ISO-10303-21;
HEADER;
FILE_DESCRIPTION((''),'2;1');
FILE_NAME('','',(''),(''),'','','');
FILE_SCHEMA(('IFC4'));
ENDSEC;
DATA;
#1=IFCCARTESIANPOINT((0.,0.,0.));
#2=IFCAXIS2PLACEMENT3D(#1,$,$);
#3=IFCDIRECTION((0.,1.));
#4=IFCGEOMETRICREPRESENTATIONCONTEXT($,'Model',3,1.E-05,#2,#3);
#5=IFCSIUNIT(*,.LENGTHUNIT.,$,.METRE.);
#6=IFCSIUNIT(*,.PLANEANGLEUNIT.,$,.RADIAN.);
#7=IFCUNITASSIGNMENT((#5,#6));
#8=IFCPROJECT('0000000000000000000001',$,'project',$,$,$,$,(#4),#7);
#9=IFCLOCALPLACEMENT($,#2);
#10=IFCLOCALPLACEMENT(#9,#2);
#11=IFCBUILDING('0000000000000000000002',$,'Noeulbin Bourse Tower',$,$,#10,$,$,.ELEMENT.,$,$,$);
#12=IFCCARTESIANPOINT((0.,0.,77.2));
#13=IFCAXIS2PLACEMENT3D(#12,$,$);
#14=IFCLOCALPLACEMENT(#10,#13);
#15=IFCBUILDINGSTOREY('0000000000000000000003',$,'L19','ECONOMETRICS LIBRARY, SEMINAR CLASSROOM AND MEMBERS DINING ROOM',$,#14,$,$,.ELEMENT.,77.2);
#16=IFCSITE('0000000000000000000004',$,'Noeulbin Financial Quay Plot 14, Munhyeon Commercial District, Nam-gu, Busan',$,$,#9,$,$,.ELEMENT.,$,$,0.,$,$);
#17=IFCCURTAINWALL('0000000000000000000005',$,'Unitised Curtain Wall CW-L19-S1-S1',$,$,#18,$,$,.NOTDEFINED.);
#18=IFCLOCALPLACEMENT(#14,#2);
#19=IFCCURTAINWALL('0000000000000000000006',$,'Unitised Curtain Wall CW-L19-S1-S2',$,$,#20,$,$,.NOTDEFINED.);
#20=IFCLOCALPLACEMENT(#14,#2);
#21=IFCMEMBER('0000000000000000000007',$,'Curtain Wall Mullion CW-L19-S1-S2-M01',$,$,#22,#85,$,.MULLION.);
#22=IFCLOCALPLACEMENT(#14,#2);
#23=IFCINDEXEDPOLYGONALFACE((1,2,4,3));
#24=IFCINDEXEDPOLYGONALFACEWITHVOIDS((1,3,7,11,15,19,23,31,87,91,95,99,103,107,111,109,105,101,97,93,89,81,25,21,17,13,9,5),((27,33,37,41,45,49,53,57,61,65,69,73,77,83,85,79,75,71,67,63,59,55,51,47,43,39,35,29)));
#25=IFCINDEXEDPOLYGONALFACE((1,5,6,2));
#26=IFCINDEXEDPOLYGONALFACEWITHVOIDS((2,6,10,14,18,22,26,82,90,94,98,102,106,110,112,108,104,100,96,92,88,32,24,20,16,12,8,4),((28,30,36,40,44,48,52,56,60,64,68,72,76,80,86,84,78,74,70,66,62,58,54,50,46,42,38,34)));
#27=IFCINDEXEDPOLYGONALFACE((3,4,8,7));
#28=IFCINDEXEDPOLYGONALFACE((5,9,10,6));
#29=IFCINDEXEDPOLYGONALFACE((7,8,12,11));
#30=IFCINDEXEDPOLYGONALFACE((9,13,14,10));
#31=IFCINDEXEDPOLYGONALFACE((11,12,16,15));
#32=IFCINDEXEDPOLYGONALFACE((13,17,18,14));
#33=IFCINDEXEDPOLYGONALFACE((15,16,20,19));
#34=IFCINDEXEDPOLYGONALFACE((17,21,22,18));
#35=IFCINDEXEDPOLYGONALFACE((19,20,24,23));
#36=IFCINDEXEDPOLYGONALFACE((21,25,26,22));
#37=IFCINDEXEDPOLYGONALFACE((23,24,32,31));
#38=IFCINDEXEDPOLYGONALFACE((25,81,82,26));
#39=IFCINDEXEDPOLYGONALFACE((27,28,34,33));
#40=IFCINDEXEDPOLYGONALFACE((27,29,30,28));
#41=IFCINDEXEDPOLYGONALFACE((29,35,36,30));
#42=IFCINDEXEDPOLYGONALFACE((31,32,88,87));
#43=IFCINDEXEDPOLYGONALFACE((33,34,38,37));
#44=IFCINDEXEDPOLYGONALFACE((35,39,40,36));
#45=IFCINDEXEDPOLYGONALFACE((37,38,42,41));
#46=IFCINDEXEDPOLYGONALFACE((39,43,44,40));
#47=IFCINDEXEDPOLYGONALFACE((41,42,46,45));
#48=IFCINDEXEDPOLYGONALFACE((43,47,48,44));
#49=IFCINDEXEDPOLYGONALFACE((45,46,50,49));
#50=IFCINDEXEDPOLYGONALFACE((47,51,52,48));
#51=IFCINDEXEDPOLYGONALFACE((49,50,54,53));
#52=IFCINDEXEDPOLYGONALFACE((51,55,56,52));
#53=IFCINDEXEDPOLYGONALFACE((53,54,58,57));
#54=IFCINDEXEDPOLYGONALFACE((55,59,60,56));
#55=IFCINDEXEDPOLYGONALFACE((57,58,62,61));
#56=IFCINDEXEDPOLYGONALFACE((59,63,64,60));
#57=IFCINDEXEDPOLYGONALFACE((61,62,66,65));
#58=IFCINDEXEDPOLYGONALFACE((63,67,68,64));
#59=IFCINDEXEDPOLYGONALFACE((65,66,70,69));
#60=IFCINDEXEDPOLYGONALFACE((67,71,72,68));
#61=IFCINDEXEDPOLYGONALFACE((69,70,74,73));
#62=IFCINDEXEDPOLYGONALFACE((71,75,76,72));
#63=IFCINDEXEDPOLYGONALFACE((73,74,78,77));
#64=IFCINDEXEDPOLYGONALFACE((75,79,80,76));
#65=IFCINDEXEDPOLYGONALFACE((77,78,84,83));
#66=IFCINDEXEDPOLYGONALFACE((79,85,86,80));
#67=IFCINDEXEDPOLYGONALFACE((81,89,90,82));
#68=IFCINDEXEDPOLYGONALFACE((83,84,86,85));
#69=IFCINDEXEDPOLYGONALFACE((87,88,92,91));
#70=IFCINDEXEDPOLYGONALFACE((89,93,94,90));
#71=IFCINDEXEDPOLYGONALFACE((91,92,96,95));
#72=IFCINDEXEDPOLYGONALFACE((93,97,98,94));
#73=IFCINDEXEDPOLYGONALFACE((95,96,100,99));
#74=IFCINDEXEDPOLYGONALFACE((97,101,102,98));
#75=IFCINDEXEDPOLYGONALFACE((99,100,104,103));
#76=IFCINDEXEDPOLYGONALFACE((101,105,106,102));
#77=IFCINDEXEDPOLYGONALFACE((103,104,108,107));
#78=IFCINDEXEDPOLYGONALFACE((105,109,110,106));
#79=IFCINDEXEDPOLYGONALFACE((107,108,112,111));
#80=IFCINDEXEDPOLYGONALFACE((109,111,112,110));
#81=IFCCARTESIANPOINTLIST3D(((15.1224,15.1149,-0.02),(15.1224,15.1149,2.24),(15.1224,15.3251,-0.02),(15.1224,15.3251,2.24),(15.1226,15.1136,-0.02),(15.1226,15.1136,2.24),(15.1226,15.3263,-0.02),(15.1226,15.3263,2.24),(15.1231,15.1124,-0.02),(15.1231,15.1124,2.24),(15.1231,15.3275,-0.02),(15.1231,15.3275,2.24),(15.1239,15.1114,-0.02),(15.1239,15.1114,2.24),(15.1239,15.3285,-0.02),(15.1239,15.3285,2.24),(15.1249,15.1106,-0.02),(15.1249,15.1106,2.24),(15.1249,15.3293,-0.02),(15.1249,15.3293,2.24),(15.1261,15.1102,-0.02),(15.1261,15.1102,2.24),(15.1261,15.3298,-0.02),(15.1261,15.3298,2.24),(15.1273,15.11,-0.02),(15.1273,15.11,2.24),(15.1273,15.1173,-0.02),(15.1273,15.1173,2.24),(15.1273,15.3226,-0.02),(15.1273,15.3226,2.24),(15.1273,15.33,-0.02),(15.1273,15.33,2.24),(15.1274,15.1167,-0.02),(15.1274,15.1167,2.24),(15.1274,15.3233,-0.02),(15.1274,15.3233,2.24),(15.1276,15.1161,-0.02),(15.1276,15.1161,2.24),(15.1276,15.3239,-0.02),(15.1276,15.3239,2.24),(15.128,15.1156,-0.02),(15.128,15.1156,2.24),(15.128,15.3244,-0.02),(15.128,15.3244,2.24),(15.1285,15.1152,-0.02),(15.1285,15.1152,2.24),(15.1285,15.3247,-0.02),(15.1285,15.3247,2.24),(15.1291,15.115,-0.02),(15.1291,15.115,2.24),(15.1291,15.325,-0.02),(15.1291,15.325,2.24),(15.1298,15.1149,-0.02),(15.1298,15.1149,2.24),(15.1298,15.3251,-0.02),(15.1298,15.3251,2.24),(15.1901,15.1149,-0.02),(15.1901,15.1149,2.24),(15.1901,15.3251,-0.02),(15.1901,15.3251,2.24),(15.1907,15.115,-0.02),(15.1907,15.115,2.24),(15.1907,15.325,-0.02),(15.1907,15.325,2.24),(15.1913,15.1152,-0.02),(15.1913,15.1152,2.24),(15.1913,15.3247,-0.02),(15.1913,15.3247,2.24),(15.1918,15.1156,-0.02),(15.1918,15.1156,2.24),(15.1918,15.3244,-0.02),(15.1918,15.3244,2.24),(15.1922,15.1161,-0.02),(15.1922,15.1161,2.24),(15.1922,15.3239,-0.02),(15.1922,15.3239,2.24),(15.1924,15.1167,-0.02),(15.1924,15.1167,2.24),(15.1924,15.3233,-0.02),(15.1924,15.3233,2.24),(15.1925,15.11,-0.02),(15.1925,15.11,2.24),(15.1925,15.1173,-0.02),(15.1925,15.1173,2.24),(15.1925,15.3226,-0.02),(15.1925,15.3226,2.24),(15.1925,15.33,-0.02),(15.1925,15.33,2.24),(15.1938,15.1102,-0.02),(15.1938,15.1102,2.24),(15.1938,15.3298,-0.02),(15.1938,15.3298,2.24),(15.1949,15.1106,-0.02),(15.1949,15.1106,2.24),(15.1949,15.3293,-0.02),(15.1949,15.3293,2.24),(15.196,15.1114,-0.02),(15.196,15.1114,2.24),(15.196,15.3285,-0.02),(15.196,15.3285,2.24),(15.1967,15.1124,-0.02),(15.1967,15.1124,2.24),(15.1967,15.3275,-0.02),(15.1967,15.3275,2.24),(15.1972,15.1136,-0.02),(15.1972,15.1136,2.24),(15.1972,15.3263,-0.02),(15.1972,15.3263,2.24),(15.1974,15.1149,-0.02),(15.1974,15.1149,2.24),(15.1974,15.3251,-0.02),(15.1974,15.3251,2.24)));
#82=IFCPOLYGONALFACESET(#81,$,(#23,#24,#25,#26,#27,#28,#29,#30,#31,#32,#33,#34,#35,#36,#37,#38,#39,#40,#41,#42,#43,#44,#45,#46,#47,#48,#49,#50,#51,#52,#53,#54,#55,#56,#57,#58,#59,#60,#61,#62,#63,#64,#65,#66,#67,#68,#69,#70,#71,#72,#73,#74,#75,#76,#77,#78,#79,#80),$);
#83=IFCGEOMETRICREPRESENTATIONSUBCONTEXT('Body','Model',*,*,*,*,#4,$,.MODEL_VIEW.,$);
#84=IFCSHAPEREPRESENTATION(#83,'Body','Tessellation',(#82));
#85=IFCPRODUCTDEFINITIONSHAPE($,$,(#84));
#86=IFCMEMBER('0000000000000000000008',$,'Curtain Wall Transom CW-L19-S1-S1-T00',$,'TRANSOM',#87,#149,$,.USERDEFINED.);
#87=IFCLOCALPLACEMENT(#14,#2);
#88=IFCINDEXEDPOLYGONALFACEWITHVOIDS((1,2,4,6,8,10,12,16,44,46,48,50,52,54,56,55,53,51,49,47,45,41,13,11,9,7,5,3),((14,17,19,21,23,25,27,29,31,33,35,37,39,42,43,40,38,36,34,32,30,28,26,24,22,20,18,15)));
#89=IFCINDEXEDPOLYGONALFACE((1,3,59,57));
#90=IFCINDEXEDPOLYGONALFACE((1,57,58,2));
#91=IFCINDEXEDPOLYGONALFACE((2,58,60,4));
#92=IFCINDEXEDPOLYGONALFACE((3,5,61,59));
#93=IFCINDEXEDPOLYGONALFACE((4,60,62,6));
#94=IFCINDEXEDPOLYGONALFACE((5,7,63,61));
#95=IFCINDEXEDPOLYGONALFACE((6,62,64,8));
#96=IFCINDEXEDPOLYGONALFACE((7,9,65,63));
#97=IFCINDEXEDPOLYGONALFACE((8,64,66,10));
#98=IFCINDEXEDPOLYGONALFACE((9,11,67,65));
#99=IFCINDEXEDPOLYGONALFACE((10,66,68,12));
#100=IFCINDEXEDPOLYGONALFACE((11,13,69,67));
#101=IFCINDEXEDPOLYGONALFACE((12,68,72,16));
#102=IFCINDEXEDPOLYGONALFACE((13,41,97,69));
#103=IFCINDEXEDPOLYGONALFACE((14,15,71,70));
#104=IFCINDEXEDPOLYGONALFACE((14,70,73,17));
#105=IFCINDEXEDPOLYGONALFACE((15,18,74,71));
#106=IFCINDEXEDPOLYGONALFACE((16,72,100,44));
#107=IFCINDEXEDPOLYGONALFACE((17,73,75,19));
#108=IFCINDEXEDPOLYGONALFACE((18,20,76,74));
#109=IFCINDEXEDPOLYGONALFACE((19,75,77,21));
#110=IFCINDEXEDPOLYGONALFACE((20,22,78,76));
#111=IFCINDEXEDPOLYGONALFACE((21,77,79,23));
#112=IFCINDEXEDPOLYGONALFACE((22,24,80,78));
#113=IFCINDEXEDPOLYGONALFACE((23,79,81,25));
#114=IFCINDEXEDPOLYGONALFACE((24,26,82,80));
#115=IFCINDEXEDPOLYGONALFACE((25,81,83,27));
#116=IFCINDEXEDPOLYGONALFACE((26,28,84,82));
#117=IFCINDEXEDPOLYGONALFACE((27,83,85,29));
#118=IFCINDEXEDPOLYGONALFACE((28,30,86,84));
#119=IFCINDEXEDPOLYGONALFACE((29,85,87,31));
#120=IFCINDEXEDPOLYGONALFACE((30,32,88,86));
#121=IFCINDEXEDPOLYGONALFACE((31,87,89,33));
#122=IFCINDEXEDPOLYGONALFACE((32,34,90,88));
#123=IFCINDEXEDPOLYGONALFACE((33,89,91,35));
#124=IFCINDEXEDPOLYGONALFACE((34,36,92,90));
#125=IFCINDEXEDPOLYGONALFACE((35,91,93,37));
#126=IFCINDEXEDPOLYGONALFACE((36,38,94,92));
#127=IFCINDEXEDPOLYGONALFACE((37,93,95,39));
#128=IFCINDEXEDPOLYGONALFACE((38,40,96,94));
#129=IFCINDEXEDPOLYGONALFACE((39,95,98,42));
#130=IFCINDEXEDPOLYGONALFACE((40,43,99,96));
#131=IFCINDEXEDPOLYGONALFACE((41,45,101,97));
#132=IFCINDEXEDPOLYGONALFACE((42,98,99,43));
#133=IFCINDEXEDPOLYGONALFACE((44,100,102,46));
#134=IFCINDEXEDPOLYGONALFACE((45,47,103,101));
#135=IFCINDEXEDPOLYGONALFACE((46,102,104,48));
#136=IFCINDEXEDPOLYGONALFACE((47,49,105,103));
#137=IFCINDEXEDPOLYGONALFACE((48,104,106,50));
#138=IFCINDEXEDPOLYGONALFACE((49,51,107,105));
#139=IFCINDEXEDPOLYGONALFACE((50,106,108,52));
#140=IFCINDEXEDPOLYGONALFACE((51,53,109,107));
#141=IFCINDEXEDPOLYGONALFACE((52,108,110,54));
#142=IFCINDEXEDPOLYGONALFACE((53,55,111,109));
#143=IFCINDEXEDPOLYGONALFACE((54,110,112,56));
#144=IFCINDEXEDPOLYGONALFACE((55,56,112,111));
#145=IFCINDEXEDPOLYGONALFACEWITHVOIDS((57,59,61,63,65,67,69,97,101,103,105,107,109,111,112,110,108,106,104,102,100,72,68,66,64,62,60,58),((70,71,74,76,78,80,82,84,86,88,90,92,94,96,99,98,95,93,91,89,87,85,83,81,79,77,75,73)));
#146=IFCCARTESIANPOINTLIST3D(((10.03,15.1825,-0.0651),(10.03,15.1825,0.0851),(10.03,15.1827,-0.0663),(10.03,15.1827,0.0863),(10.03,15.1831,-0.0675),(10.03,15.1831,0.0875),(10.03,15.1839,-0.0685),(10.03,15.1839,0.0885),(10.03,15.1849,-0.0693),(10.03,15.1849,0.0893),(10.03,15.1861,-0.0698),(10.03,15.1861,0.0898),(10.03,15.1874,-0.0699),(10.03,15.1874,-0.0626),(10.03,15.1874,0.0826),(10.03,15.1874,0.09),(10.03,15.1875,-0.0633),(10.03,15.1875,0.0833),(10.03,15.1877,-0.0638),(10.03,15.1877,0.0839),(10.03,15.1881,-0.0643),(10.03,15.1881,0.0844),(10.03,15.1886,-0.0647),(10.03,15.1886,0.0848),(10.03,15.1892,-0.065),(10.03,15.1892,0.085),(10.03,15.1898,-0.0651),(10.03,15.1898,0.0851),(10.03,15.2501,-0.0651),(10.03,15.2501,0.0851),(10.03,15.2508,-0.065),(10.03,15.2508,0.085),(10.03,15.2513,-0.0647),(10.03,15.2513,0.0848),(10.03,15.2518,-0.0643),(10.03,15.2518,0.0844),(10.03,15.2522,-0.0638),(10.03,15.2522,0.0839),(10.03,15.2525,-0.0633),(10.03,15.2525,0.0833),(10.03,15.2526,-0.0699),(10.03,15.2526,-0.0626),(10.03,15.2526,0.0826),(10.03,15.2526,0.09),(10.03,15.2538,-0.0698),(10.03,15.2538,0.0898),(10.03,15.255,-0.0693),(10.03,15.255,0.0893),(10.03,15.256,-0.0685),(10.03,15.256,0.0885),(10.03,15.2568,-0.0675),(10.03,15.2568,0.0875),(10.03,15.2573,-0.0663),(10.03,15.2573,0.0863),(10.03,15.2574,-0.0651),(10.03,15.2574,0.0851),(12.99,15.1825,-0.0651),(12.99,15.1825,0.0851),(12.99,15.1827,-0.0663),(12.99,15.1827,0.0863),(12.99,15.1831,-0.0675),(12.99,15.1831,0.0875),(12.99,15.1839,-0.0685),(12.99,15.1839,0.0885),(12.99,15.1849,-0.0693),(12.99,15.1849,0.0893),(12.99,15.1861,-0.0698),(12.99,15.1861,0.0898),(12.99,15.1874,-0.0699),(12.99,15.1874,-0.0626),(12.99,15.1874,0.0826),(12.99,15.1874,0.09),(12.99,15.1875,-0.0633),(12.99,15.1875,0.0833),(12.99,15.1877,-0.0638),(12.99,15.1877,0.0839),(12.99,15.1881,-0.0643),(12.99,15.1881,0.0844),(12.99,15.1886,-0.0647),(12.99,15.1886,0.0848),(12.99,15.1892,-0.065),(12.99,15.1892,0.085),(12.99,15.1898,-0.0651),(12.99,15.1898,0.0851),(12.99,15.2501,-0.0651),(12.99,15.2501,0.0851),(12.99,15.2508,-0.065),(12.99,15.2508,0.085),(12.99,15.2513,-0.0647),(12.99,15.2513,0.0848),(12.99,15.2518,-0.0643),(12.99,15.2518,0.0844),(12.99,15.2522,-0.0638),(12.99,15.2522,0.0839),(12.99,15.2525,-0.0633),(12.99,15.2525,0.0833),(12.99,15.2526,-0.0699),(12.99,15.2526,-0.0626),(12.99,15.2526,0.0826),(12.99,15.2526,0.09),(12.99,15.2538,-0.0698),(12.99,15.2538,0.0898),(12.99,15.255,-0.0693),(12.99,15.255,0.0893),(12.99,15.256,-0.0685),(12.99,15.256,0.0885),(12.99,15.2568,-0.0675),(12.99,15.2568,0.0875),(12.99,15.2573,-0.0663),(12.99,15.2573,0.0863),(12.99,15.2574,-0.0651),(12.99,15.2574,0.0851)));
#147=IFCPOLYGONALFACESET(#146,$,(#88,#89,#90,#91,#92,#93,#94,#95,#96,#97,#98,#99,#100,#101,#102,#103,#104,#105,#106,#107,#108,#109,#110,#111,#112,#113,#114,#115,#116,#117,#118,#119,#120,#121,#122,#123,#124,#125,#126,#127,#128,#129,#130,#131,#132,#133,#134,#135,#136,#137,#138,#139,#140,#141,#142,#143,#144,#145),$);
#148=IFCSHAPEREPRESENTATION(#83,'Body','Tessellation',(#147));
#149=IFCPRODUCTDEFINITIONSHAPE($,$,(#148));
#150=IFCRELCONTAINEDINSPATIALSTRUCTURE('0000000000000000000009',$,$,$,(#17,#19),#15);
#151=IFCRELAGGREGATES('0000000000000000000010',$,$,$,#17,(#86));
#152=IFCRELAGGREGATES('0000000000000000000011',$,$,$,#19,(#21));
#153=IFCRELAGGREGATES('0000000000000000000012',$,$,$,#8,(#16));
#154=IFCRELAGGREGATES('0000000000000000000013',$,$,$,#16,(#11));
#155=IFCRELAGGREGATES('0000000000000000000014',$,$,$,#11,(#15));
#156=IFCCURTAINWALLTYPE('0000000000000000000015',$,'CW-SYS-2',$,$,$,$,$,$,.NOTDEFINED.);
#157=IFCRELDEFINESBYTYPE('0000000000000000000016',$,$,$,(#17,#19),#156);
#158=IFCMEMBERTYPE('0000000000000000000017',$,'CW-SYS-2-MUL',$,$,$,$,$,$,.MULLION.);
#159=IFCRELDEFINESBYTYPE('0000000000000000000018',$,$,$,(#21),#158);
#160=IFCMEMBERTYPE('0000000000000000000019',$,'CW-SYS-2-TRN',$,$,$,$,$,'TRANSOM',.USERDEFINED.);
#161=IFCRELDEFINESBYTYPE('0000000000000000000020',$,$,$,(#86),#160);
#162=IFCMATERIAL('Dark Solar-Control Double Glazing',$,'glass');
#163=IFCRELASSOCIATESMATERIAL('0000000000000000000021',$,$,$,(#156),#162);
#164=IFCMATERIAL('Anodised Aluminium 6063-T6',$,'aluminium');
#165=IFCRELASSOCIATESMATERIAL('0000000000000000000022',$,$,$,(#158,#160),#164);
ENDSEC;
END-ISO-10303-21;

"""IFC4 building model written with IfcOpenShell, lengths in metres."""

from ifc_helpers import new_model, si_unit, direction, frame, origin, origin_2d, place, context, subcontext, project, spatial, hollow_rectangle, extrude, material, material_profile, profile_set, type_object, element, aggregate, save


model = new_model("IFC4")

# Units and contexts
model_context = context("Model", 3, precision=1e-05, world=origin(), true_north=direction((0.0, 1.0)))
body_context = subcontext(model_context, "Body", "Model", "MODEL_VIEW")
ifc_project = project(units=[si_unit("LENGTHUNIT", "METRE"), si_unit("PLANEANGLEUNIT", "RADIAN")], contexts=[model_context])

# Site, building, storey
site_placement = place(None, origin())
site = spatial("IfcSite", under=ifc_project, at=site_placement, Name="Noeulbin Financial Quay Plot 14, Munhyeon Commercial District, Nam-gu, Busan", CompositionType="ELEMENT", RefElevation=0.0)
building_placement = place(site_placement, origin())
building = spatial("IfcBuilding", under=site, at=building_placement, Name="Noeulbin Bourse Tower", CompositionType="ELEMENT")
storey_placement = place(building_placement, frame((0.0, 0.0, 77.2)))
storey = spatial("IfcBuildingStorey", under=building, at=storey_placement, Name="L19", Description="ECONOMETRICS LIBRARY, SEMINAR CLASSROOM AND MEMBERS DINING ROOM", CompositionType="ELEMENT", Elevation=77.2)

# Curtain walls, member
ifc_material_1 = material(Name="Dark Solar-Control Double Glazing", Category="glass")
curtain_wall_type = type_object("IfcCurtainWallType", Name="CW-SYS-2", PredefinedType="NOTDEFINED", material=ifc_material_1)
curtain_wall_1_placement = place(storey_placement, origin())
curtain_wall_1 = element("IfcCurtainWall", 1, at=curtain_wall_1_placement, inside=storey, type_object=curtain_wall_type, Name="Unitised Curtain Wall CW-L19-S1-S1", PredefinedType="NOTDEFINED")
ifc_material_2 = material(Name="Anodised Aluminium 6063-T6", Category="aluminium")
ifc_material_profile_1 = material_profile(ifc_material_2, hollow_rectangle(XDim=0.075, YDim=0.22, WallThickness=0.0049, InnerFilletRadius=0.0024, OuterFilletRadius=0.0049, at=origin_2d()), Name="ALU-MULL-75x220x5", Category="LoadBearing")
ifc_profile_set_1 = profile_set([ifc_material_profile_1], Name="Anodised Aluminium 6063-T6")
member_type_1 = type_object("IfcMemberType", Name="CW-SYS-2-MUL", PredefinedType="MULLION", material=ifc_profile_set_1)
curtain_wall_2_placement = place(storey_placement, origin())
curtain_wall_2 = element("IfcCurtainWall", 2, at=curtain_wall_2_placement, inside=storey, type_object=curtain_wall_type, Name="Unitised Curtain Wall CW-L19-S1-S2", PredefinedType="NOTDEFINED")
member_1_placement = place(storey_placement, frame((15.1599, 15.22, -0.02), z_axis=(0.0, 0.0, 1.0), x_axis=(1.0, 0.0, 0.0)))
member_1 = element("IfcMember", 3, at=member_1_placement, type_object=member_type_1, Name="Curtain Wall Mullion CW-L19-S1-S2-M01", PredefinedType="MULLION", context=body_context, shape_type="SweptSolid", body=[
    extrude(hollow_rectangle(XDim=0.075, YDim=0.22, WallThickness=0.0049, InnerFilletRadius=0.0024, OuterFilletRadius=0.0049, at=origin_2d()), origin(), (0.0, 0.0, 1.0), 2.26),
])

# Member
ifc_material_profile_2 = material_profile(ifc_material_2, hollow_rectangle(XDim=0.075, YDim=0.1599, WallThickness=0.0049, InnerFilletRadius=0.0024, OuterFilletRadius=0.0049, at=origin_2d()), Name="ALU-TRAN-75x160x5", Category="LoadBearing")
ifc_profile_set_2 = profile_set([ifc_material_profile_2], Name="Anodised Aluminium 6063-T6")
member_type_2 = type_object("IfcMemberType", Name="CW-SYS-2-TRN", ElementType="TRANSOM", PredefinedType="USERDEFINED", material=ifc_profile_set_2)
member_2_placement = place(storey_placement, frame((10.03, 15.22, 0.01), z_axis=(1.0, 0.0, 0.0), x_axis=(0.0, 1.0, 0.0)))
member_2 = element("IfcMember", 4, at=member_2_placement, type_object=member_type_2, Name="Curtain Wall Transom CW-L19-S1-S1-T00", ObjectType="TRANSOM", PredefinedType="USERDEFINED", context=body_context, shape_type="SweptSolid", body=[
    extrude(hollow_rectangle(XDim=0.075, YDim=0.1599, WallThickness=0.0049, InnerFilletRadius=0.0024, OuterFilletRadius=0.0049, at=origin_2d()), origin(), (0.0, 0.0, 1.0), 2.96),
])

aggregate(curtain_wall_1, [member_2])
aggregate(curtain_wall_2, [member_1])

save(model, "model.ifc")
